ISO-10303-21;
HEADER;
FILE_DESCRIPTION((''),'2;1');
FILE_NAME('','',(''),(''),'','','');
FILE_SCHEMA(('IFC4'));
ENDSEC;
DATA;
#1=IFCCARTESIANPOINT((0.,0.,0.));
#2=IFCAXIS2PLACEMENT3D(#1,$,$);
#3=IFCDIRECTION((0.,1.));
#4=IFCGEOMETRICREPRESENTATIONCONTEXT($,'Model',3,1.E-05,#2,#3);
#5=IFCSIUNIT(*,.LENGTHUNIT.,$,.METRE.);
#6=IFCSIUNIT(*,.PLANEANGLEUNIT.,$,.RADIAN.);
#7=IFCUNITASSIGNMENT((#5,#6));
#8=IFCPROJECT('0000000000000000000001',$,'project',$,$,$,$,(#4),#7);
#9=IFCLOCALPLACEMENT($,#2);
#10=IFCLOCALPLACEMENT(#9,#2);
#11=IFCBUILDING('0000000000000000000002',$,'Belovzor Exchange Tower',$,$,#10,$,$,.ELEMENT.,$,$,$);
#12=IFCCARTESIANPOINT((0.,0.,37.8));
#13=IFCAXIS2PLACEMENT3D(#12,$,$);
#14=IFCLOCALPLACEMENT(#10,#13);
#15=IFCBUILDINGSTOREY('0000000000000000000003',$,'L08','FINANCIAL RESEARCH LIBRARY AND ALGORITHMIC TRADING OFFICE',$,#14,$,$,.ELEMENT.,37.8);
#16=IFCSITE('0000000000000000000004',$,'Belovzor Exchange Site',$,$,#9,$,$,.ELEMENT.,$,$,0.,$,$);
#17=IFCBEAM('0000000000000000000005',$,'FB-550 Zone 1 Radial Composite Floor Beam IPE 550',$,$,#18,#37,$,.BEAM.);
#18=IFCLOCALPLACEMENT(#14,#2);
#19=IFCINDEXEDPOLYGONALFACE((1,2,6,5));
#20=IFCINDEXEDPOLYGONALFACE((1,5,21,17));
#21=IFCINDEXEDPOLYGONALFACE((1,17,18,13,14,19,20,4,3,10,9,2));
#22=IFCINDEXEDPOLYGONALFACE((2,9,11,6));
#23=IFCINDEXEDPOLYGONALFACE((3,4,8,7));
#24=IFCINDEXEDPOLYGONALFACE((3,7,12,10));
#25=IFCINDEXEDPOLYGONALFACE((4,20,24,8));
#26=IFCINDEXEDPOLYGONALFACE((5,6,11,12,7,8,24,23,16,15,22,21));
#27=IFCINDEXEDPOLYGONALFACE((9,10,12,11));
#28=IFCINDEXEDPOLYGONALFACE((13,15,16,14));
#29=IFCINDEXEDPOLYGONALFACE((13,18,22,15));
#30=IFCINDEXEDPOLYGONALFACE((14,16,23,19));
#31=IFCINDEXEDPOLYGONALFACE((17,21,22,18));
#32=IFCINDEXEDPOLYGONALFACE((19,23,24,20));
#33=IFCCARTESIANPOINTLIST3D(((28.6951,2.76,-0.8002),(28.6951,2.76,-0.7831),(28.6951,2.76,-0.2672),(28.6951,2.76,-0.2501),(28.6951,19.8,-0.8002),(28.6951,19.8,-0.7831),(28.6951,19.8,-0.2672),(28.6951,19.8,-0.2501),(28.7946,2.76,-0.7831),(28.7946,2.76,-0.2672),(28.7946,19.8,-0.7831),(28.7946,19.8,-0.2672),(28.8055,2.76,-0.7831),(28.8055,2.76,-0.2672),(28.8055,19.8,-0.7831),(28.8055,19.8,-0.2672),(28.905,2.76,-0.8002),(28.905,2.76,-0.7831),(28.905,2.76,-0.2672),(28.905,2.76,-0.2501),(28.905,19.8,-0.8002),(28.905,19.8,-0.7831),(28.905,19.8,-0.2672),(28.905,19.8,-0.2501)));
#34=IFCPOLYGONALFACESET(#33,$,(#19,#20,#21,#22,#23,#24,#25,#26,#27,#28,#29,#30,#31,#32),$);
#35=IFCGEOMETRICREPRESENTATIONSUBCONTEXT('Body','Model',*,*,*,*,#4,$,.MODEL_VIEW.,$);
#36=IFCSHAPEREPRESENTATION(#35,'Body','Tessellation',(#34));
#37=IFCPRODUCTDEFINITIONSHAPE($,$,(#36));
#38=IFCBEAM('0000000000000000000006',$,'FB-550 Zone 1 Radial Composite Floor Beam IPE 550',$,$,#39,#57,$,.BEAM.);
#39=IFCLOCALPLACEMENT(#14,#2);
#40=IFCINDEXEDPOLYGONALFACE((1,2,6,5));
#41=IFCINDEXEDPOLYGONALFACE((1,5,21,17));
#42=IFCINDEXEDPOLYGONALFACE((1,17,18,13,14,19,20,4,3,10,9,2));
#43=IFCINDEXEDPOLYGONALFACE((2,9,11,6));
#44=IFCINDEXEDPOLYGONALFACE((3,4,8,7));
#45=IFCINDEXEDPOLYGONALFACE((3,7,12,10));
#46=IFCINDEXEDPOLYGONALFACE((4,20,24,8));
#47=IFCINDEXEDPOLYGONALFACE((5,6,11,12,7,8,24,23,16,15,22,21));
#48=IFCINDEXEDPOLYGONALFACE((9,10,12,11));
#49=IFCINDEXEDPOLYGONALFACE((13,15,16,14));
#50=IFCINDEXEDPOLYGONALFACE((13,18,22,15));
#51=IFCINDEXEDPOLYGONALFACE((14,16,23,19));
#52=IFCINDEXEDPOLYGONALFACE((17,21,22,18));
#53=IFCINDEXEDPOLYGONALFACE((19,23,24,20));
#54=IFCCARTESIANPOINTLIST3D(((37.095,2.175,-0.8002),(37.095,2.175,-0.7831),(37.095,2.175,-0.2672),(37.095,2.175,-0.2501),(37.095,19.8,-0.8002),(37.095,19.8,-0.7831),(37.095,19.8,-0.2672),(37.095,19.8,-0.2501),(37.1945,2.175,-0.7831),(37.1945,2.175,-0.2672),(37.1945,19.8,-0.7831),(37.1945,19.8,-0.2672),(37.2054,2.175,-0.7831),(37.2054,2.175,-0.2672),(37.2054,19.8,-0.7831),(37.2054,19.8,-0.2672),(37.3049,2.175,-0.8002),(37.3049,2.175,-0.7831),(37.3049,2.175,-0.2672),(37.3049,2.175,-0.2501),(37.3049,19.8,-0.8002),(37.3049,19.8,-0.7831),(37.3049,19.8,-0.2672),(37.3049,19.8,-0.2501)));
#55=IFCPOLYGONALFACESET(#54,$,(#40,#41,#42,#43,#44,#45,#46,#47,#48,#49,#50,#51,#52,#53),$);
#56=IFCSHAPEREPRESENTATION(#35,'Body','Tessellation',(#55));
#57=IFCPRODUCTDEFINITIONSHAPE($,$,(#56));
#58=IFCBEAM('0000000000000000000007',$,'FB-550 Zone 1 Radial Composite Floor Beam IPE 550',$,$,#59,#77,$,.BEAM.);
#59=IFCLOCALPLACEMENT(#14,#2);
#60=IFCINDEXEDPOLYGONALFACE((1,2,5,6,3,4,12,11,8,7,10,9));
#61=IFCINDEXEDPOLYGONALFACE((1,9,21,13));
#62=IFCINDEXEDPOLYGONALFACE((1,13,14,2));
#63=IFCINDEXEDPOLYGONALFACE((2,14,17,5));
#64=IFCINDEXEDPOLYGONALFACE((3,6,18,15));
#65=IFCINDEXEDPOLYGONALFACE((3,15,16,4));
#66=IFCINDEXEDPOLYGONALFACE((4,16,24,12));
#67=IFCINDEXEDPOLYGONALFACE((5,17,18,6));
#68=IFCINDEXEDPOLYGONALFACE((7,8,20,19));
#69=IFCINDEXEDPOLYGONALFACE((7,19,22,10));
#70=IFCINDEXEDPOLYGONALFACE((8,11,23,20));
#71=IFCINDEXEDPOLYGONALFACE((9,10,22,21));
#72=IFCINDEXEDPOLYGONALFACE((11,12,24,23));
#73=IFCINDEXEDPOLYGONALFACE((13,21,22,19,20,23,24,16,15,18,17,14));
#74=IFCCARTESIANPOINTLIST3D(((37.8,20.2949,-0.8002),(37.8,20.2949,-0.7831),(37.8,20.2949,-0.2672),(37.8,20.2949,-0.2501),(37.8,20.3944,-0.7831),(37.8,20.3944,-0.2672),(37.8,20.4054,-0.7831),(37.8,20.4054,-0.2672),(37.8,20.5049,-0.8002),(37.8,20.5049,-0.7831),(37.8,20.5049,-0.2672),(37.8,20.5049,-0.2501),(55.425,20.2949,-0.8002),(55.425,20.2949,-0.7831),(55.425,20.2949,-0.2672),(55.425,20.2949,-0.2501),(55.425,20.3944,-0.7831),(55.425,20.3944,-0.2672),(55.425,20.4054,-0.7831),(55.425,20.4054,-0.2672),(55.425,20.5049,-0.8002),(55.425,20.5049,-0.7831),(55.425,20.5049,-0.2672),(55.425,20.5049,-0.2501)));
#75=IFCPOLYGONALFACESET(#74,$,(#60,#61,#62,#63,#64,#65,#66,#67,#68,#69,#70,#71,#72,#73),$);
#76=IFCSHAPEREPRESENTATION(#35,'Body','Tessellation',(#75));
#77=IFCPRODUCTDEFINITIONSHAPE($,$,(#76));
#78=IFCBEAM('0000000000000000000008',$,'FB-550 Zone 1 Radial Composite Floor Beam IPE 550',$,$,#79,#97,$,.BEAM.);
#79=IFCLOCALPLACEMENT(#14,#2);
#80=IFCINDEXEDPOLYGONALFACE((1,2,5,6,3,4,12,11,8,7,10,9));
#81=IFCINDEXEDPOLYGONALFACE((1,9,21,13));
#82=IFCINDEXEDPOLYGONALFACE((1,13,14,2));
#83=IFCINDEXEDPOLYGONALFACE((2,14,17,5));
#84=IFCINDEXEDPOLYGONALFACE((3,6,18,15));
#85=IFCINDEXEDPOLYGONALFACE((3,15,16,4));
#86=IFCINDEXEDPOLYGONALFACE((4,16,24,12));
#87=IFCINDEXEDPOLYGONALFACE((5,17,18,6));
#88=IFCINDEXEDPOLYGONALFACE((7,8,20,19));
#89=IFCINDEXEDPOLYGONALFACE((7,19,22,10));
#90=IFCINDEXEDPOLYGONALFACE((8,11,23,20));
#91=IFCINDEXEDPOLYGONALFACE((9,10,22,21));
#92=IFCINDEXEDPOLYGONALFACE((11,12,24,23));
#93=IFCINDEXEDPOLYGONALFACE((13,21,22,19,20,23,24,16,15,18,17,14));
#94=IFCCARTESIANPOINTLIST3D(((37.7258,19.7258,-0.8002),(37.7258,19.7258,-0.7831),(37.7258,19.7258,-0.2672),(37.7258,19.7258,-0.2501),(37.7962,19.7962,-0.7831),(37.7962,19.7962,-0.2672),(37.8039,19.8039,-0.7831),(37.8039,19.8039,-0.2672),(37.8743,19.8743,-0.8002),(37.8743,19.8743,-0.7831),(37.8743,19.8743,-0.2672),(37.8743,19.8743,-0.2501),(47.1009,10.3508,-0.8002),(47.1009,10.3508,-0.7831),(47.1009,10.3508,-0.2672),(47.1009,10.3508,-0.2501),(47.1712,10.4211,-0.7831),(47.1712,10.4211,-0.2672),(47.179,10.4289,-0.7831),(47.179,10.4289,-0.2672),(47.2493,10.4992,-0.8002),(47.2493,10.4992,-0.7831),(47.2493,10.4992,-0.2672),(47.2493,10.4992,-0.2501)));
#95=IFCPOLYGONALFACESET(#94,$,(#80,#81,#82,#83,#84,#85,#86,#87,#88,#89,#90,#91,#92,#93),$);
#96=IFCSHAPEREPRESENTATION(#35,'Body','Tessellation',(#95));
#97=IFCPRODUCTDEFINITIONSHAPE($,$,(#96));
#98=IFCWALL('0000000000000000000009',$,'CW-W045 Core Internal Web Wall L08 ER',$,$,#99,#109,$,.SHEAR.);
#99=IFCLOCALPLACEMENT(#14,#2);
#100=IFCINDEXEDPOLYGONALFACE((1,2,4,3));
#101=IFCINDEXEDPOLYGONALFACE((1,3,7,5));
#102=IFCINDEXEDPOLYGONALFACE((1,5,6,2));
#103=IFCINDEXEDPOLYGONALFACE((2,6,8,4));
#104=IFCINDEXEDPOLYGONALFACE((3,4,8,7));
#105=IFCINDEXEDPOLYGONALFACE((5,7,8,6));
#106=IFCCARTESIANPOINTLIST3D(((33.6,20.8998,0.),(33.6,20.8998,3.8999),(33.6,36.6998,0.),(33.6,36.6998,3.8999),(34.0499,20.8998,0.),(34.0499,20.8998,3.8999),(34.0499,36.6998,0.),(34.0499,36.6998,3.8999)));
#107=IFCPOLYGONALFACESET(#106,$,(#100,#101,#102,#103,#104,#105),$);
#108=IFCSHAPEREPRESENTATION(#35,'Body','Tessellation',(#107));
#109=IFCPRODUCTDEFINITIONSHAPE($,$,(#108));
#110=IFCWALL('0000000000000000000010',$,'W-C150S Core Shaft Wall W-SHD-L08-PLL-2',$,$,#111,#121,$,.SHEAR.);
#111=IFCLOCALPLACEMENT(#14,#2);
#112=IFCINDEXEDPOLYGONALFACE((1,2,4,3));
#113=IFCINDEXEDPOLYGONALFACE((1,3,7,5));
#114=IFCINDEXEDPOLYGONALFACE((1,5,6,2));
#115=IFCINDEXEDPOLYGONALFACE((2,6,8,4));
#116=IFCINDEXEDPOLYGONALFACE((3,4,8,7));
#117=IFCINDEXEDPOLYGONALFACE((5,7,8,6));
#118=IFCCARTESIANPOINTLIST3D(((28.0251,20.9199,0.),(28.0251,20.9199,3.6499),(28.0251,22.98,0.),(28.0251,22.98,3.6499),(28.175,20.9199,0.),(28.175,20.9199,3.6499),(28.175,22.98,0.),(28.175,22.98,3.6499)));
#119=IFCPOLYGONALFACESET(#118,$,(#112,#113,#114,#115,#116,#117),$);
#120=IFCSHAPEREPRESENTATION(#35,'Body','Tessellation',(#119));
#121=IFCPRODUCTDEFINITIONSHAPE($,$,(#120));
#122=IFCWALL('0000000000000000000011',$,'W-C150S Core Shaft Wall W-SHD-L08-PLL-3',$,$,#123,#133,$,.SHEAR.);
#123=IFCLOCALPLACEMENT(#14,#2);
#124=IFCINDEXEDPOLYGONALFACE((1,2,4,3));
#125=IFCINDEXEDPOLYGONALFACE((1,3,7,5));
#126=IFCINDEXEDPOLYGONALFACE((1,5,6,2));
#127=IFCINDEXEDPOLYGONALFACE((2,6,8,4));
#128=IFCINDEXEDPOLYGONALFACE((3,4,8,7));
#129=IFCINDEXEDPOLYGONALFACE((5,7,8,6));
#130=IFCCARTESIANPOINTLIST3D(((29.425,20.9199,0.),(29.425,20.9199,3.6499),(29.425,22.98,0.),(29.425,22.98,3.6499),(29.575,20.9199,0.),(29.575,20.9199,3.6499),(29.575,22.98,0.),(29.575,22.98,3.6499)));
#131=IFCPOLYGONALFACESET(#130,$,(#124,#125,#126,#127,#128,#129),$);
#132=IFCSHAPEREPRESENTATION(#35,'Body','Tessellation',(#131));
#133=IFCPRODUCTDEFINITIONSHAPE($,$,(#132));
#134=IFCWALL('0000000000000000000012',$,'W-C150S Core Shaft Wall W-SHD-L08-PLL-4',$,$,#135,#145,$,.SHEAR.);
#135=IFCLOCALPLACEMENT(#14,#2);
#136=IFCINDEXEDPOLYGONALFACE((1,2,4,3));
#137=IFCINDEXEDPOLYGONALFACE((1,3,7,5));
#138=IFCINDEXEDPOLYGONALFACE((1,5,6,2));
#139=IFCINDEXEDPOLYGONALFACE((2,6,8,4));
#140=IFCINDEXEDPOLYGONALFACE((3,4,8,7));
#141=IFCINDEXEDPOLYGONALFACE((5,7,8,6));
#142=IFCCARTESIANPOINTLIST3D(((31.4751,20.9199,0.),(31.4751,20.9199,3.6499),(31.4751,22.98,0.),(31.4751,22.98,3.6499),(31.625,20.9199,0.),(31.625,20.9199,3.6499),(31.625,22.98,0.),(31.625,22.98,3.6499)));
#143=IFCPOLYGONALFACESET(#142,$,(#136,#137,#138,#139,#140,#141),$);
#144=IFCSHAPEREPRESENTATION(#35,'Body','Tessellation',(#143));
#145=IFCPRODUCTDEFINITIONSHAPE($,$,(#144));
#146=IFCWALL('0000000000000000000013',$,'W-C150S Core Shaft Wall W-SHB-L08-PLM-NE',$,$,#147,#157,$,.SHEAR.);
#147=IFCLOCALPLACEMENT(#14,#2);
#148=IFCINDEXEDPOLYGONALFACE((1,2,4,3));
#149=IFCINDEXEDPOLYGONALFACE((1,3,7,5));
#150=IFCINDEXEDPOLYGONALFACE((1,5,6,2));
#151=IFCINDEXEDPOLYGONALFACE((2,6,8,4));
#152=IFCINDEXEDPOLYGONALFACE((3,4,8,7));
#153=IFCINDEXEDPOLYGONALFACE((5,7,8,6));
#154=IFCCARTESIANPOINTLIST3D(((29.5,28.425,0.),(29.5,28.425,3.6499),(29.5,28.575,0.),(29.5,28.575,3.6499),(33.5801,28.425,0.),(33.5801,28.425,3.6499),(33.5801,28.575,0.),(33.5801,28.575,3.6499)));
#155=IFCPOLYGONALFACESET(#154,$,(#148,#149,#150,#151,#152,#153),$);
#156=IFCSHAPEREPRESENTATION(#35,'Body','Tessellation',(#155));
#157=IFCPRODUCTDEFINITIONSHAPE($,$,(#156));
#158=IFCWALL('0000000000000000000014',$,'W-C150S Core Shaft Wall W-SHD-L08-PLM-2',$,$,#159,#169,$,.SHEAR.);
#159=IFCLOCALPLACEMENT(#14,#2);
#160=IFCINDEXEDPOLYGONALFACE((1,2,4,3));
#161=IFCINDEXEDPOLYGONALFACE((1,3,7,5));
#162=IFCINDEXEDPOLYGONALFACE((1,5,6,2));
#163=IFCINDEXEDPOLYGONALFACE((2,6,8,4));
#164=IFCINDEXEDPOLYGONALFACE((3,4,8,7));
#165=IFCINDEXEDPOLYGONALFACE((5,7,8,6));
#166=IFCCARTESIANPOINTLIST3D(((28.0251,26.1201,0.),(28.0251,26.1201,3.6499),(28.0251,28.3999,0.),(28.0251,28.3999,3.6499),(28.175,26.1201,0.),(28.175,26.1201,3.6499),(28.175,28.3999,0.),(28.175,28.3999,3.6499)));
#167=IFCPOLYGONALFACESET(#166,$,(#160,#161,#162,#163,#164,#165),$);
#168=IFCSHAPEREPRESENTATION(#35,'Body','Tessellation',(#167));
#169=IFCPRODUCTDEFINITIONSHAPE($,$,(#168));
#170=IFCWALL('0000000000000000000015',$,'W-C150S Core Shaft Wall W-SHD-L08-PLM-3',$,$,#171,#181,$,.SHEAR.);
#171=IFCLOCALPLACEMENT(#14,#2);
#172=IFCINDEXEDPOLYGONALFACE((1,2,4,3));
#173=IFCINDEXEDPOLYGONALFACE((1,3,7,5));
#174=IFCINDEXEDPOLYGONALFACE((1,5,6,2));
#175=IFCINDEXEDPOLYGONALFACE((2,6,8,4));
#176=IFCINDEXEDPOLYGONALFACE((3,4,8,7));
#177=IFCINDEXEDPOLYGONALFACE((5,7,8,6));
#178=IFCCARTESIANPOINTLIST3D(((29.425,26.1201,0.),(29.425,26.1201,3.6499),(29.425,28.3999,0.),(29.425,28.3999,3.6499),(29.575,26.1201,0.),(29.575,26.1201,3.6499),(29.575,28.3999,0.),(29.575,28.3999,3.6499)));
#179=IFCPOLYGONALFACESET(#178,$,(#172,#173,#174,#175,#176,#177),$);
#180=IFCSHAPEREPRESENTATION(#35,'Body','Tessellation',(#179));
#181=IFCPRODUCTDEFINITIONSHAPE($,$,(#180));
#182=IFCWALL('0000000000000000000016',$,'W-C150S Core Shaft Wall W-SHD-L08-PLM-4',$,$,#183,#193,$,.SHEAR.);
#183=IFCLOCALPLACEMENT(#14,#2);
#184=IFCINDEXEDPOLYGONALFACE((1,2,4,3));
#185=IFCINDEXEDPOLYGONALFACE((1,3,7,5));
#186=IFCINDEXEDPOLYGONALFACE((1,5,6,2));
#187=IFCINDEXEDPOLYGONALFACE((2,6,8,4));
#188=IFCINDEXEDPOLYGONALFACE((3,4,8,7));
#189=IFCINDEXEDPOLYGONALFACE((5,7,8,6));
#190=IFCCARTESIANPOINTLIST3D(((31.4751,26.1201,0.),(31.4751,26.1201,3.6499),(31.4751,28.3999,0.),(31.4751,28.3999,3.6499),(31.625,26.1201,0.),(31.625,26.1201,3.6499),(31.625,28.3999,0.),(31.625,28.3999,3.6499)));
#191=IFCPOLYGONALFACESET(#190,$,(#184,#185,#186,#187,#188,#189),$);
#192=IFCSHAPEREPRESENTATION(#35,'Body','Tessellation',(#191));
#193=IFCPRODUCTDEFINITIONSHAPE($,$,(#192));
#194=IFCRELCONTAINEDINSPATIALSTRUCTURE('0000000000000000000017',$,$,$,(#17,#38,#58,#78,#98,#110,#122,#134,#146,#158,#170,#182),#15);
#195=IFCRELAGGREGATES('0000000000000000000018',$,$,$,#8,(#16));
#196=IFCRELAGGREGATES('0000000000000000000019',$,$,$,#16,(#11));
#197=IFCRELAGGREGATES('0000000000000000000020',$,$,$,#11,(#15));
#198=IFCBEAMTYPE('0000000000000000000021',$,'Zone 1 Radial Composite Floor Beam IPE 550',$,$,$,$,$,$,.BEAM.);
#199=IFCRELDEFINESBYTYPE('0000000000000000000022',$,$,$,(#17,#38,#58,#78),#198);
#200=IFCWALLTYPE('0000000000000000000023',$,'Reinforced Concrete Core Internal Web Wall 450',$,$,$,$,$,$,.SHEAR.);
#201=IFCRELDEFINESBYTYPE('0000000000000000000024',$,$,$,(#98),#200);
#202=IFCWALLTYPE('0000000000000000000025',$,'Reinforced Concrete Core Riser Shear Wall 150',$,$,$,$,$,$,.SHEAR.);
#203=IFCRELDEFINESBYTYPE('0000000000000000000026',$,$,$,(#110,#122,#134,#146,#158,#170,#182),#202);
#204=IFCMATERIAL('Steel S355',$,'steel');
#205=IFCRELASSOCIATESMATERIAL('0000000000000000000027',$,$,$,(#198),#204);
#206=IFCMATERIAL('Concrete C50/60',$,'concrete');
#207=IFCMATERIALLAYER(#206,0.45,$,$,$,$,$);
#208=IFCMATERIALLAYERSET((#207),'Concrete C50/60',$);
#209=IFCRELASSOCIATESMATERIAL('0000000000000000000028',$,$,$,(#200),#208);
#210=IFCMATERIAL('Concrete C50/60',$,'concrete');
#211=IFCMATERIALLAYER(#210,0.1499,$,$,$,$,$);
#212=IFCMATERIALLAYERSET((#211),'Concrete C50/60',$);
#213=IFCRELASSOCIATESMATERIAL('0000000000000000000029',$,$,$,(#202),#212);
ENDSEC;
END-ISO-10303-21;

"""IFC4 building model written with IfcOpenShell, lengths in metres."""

from ifc_helpers import new_model, si_unit, direction, frame, frame_2d, origin, origin_2d, place, context, subcontext, project, spatial, rectangle, i_section, extrude, material, layer, layer_set, material_profile, profile_set, type_object, element, save


model = new_model("IFC4")

# Units and contexts
model_context = context("Model", 3, precision=1e-05, world=origin(), true_north=direction((0.0, 1.0)))
body_context = subcontext(model_context, "Body", "Model", "MODEL_VIEW")
ifc_project = project(units=[si_unit("LENGTHUNIT", "METRE"), si_unit("PLANEANGLEUNIT", "RADIAN")], contexts=[model_context])

# Site, building, storey
site_placement = place(None, origin())
site = spatial("IfcSite", under=ifc_project, at=site_placement, Name="Belovzor Exchange Site", CompositionType="ELEMENT", RefElevation=0.0)
building_placement = place(site_placement, origin())
building = spatial("IfcBuilding", under=site, at=building_placement, Name="Belovzor Exchange Tower", CompositionType="ELEMENT")
storey_placement = place(building_placement, frame((0.0, 0.0, 37.8)))
storey = spatial("IfcBuildingStorey", under=building, at=storey_placement, Name="L08", Description="FINANCIAL RESEARCH LIBRARY AND ALGORITHMIC TRADING OFFICE", CompositionType="ELEMENT", Elevation=37.8)

# Beams
ifc_material_1 = material(Name="Steel S355", Category="steel")
ifc_material_profile = material_profile(ifc_material_1, i_section(OverallWidth=0.21, OverallDepth=0.55, WebThickness=0.011, FlangeThickness=0.0171, at=origin_2d()))
ifc_profile_set = profile_set([ifc_material_profile], Name="Steel S355")
beam_type = type_object("IfcBeamType", Name="Zone 1 Radial Composite Floor Beam IPE 550", PredefinedType="BEAM", material=ifc_profile_set)
beam_1_placement = place(storey_placement, frame((28.8, 19.8, -0.5251), z_axis=(0.0, -1.0, 0.0), x_axis=(1.0, 0.0, 0.0)))
element("IfcBeam", 1, at=beam_1_placement, inside=storey, type_object=beam_type, Name="FB-550 Zone 1 Radial Composite Floor Beam IPE 550", PredefinedType="BEAM", context=body_context, shape_type="SweptSolid", body=[
    extrude(i_section(OverallWidth=0.21, OverallDepth=0.55, WebThickness=0.011, FlangeThickness=0.0171, at=origin_2d()), origin(), (0.0, 0.0, 1.0), 17.04),
])
for number, where, z_axis, x_axis, name in (
    (2, (37.2, 19.8, -0.5251), (0.0, -1.0, 0.0), (1.0, 0.0, 0.0), "FB-550 Zone 1 Radial Composite Floor Beam IPE 550"),
    (3, (37.8, 20.3999, -0.5251), (1.0, 0.0, 0.0), (0.0, 1.0, 0.0), "FB-550 Zone 1 Radial Composite Floor Beam IPE 550"),
):
    element("IfcBeam", number, at=place(storey_placement, frame(where, z_axis=z_axis, x_axis=x_axis)), inside=storey, type_object=beam_type, Name=name, PredefinedType="BEAM", context=body_context, shape_type="SweptSolid", body=[
        extrude(i_section(OverallWidth=0.21, OverallDepth=0.55, WebThickness=0.011, FlangeThickness=0.0171, at=origin_2d()), origin(), (0.0, 0.0, 1.0), 17.625),
    ])
beam_2_placement = place(storey_placement, frame((37.8, 19.8, -0.5251), z_axis=(0.707107, -0.707107, 0.0), x_axis=(0.707107, 0.707107, 0.0)))
element("IfcBeam", 4, at=beam_2_placement, inside=storey, type_object=beam_type, Name="FB-550 Zone 1 Radial Composite Floor Beam IPE 550", PredefinedType="BEAM", context=body_context, shape_type="SweptSolid", body=[
    extrude(i_section(OverallWidth=0.21, OverallDepth=0.55, WebThickness=0.011, FlangeThickness=0.0171, at=origin_2d()), origin(), (0.0, 0.0, 1.0), 13.2583),
])

# Walls
ifc_material_2 = material(Name="Concrete C50/60", Category="concrete")
ifc_layer_1 = layer(ifc_material_2, 0.45)
ifc_layer_set_1 = layer_set([ifc_layer_1], Name="Concrete C50/60")
wall_type_1 = type_object("IfcWallType", Name="Reinforced Concrete Core Internal Web Wall 450", PredefinedType="SHEAR", material=ifc_layer_set_1)
wall_1_placement = place(storey_placement, frame((33.825, 20.8999, 0.0), z_axis=(0.0, 0.0, 1.0), x_axis=(0.0, 1.0, 0.0)))
element("IfcWall", 5, at=wall_1_placement, inside=storey, type_object=wall_type_1, Name="CW-W045 Core Internal Web Wall L08 ER", PredefinedType="SHEAR", context=body_context, shape_type="SweptSolid", body=[
    extrude(rectangle(XDim=15.8, YDim=0.45, at=frame_2d((7.8999, 0.0))), origin(), (0.0, 0.0, 1.0), 3.8999),
])
ifc_material_3 = material(Name="Concrete C50/60", Category="concrete")
ifc_layer_2 = layer(ifc_material_3, 0.1499)
ifc_layer_set_2 = layer_set([ifc_layer_2], Name="Concrete C50/60")
wall_type_2 = type_object("IfcWallType", Name="Reinforced Concrete Core Riser Shear Wall 150", PredefinedType="SHEAR", material=ifc_layer_set_2)
for number, where, z_axis, x_axis, name in (
    (6, (28.1001, 20.9199, 0.0), (0.0, 0.0, 1.0), (0.0, 1.0, 0.0), "W-C150S Core Shaft Wall W-SHD-L08-PLL-2"),
    (7, (29.5, 20.9199, 0.0), (0.0, 0.0, 1.0), (0.0, 1.0, 0.0), "W-C150S Core Shaft Wall W-SHD-L08-PLL-3"),
    (8, (31.55, 20.9199, 0.0), (0.0, 0.0, 1.0), (0.0, 1.0, 0.0), "W-C150S Core Shaft Wall W-SHD-L08-PLL-4"),
):
    element("IfcWall", number, at=place(storey_placement, frame(where, z_axis=z_axis, x_axis=x_axis)), inside=storey, type_object=wall_type_2, Name=name, PredefinedType="SHEAR", context=body_context, shape_type="SweptSolid", body=[
        extrude(rectangle(XDim=2.0601, YDim=0.1499, at=frame_2d((1.03, 0.0))), origin(), (0.0, 0.0, 1.0), 3.6499),
    ])
wall_2_placement = place(storey_placement, frame((29.5, 28.5, 0.0), z_axis=(0.0, 0.0, 1.0), x_axis=(1.0, 0.0, 0.0)))
element("IfcWall", 9, at=wall_2_placement, inside=storey, type_object=wall_type_2, Name="W-C150S Core Shaft Wall W-SHB-L08-PLM-NE", PredefinedType="SHEAR", context=body_context, shape_type="SweptSolid", body=[
    extrude(rectangle(XDim=4.0801, YDim=0.1499, at=frame_2d((2.04, 0.0))), origin(), (0.0, 0.0, 1.0), 3.6499),
])
for number, where, z_axis, x_axis, name in (
    (10, (28.1001, 26.1201, 0.0), (0.0, 0.0, 1.0), (0.0, 1.0, 0.0), "W-C150S Core Shaft Wall W-SHD-L08-PLM-2"),
    (11, (29.5, 26.1201, 0.0), (0.0, 0.0, 1.0), (0.0, 1.0, 0.0), "W-C150S Core Shaft Wall W-SHD-L08-PLM-3"),
    (12, (31.55, 26.1201, 0.0), (0.0, 0.0, 1.0), (0.0, 1.0, 0.0), "W-C150S Core Shaft Wall W-SHD-L08-PLM-4"),
):
    element("IfcWall", number, at=place(storey_placement, frame(where, z_axis=z_axis, x_axis=x_axis)), inside=storey, type_object=wall_type_2, Name=name, PredefinedType="SHEAR", context=body_context, shape_type="SweptSolid", body=[
        extrude(rectangle(XDim=2.2798, YDim=0.1499, at=frame_2d((1.1399, 0.0))), origin(), (0.0, 0.0, 1.0), 3.6499),
    ])

save(model, "model.ifc")
